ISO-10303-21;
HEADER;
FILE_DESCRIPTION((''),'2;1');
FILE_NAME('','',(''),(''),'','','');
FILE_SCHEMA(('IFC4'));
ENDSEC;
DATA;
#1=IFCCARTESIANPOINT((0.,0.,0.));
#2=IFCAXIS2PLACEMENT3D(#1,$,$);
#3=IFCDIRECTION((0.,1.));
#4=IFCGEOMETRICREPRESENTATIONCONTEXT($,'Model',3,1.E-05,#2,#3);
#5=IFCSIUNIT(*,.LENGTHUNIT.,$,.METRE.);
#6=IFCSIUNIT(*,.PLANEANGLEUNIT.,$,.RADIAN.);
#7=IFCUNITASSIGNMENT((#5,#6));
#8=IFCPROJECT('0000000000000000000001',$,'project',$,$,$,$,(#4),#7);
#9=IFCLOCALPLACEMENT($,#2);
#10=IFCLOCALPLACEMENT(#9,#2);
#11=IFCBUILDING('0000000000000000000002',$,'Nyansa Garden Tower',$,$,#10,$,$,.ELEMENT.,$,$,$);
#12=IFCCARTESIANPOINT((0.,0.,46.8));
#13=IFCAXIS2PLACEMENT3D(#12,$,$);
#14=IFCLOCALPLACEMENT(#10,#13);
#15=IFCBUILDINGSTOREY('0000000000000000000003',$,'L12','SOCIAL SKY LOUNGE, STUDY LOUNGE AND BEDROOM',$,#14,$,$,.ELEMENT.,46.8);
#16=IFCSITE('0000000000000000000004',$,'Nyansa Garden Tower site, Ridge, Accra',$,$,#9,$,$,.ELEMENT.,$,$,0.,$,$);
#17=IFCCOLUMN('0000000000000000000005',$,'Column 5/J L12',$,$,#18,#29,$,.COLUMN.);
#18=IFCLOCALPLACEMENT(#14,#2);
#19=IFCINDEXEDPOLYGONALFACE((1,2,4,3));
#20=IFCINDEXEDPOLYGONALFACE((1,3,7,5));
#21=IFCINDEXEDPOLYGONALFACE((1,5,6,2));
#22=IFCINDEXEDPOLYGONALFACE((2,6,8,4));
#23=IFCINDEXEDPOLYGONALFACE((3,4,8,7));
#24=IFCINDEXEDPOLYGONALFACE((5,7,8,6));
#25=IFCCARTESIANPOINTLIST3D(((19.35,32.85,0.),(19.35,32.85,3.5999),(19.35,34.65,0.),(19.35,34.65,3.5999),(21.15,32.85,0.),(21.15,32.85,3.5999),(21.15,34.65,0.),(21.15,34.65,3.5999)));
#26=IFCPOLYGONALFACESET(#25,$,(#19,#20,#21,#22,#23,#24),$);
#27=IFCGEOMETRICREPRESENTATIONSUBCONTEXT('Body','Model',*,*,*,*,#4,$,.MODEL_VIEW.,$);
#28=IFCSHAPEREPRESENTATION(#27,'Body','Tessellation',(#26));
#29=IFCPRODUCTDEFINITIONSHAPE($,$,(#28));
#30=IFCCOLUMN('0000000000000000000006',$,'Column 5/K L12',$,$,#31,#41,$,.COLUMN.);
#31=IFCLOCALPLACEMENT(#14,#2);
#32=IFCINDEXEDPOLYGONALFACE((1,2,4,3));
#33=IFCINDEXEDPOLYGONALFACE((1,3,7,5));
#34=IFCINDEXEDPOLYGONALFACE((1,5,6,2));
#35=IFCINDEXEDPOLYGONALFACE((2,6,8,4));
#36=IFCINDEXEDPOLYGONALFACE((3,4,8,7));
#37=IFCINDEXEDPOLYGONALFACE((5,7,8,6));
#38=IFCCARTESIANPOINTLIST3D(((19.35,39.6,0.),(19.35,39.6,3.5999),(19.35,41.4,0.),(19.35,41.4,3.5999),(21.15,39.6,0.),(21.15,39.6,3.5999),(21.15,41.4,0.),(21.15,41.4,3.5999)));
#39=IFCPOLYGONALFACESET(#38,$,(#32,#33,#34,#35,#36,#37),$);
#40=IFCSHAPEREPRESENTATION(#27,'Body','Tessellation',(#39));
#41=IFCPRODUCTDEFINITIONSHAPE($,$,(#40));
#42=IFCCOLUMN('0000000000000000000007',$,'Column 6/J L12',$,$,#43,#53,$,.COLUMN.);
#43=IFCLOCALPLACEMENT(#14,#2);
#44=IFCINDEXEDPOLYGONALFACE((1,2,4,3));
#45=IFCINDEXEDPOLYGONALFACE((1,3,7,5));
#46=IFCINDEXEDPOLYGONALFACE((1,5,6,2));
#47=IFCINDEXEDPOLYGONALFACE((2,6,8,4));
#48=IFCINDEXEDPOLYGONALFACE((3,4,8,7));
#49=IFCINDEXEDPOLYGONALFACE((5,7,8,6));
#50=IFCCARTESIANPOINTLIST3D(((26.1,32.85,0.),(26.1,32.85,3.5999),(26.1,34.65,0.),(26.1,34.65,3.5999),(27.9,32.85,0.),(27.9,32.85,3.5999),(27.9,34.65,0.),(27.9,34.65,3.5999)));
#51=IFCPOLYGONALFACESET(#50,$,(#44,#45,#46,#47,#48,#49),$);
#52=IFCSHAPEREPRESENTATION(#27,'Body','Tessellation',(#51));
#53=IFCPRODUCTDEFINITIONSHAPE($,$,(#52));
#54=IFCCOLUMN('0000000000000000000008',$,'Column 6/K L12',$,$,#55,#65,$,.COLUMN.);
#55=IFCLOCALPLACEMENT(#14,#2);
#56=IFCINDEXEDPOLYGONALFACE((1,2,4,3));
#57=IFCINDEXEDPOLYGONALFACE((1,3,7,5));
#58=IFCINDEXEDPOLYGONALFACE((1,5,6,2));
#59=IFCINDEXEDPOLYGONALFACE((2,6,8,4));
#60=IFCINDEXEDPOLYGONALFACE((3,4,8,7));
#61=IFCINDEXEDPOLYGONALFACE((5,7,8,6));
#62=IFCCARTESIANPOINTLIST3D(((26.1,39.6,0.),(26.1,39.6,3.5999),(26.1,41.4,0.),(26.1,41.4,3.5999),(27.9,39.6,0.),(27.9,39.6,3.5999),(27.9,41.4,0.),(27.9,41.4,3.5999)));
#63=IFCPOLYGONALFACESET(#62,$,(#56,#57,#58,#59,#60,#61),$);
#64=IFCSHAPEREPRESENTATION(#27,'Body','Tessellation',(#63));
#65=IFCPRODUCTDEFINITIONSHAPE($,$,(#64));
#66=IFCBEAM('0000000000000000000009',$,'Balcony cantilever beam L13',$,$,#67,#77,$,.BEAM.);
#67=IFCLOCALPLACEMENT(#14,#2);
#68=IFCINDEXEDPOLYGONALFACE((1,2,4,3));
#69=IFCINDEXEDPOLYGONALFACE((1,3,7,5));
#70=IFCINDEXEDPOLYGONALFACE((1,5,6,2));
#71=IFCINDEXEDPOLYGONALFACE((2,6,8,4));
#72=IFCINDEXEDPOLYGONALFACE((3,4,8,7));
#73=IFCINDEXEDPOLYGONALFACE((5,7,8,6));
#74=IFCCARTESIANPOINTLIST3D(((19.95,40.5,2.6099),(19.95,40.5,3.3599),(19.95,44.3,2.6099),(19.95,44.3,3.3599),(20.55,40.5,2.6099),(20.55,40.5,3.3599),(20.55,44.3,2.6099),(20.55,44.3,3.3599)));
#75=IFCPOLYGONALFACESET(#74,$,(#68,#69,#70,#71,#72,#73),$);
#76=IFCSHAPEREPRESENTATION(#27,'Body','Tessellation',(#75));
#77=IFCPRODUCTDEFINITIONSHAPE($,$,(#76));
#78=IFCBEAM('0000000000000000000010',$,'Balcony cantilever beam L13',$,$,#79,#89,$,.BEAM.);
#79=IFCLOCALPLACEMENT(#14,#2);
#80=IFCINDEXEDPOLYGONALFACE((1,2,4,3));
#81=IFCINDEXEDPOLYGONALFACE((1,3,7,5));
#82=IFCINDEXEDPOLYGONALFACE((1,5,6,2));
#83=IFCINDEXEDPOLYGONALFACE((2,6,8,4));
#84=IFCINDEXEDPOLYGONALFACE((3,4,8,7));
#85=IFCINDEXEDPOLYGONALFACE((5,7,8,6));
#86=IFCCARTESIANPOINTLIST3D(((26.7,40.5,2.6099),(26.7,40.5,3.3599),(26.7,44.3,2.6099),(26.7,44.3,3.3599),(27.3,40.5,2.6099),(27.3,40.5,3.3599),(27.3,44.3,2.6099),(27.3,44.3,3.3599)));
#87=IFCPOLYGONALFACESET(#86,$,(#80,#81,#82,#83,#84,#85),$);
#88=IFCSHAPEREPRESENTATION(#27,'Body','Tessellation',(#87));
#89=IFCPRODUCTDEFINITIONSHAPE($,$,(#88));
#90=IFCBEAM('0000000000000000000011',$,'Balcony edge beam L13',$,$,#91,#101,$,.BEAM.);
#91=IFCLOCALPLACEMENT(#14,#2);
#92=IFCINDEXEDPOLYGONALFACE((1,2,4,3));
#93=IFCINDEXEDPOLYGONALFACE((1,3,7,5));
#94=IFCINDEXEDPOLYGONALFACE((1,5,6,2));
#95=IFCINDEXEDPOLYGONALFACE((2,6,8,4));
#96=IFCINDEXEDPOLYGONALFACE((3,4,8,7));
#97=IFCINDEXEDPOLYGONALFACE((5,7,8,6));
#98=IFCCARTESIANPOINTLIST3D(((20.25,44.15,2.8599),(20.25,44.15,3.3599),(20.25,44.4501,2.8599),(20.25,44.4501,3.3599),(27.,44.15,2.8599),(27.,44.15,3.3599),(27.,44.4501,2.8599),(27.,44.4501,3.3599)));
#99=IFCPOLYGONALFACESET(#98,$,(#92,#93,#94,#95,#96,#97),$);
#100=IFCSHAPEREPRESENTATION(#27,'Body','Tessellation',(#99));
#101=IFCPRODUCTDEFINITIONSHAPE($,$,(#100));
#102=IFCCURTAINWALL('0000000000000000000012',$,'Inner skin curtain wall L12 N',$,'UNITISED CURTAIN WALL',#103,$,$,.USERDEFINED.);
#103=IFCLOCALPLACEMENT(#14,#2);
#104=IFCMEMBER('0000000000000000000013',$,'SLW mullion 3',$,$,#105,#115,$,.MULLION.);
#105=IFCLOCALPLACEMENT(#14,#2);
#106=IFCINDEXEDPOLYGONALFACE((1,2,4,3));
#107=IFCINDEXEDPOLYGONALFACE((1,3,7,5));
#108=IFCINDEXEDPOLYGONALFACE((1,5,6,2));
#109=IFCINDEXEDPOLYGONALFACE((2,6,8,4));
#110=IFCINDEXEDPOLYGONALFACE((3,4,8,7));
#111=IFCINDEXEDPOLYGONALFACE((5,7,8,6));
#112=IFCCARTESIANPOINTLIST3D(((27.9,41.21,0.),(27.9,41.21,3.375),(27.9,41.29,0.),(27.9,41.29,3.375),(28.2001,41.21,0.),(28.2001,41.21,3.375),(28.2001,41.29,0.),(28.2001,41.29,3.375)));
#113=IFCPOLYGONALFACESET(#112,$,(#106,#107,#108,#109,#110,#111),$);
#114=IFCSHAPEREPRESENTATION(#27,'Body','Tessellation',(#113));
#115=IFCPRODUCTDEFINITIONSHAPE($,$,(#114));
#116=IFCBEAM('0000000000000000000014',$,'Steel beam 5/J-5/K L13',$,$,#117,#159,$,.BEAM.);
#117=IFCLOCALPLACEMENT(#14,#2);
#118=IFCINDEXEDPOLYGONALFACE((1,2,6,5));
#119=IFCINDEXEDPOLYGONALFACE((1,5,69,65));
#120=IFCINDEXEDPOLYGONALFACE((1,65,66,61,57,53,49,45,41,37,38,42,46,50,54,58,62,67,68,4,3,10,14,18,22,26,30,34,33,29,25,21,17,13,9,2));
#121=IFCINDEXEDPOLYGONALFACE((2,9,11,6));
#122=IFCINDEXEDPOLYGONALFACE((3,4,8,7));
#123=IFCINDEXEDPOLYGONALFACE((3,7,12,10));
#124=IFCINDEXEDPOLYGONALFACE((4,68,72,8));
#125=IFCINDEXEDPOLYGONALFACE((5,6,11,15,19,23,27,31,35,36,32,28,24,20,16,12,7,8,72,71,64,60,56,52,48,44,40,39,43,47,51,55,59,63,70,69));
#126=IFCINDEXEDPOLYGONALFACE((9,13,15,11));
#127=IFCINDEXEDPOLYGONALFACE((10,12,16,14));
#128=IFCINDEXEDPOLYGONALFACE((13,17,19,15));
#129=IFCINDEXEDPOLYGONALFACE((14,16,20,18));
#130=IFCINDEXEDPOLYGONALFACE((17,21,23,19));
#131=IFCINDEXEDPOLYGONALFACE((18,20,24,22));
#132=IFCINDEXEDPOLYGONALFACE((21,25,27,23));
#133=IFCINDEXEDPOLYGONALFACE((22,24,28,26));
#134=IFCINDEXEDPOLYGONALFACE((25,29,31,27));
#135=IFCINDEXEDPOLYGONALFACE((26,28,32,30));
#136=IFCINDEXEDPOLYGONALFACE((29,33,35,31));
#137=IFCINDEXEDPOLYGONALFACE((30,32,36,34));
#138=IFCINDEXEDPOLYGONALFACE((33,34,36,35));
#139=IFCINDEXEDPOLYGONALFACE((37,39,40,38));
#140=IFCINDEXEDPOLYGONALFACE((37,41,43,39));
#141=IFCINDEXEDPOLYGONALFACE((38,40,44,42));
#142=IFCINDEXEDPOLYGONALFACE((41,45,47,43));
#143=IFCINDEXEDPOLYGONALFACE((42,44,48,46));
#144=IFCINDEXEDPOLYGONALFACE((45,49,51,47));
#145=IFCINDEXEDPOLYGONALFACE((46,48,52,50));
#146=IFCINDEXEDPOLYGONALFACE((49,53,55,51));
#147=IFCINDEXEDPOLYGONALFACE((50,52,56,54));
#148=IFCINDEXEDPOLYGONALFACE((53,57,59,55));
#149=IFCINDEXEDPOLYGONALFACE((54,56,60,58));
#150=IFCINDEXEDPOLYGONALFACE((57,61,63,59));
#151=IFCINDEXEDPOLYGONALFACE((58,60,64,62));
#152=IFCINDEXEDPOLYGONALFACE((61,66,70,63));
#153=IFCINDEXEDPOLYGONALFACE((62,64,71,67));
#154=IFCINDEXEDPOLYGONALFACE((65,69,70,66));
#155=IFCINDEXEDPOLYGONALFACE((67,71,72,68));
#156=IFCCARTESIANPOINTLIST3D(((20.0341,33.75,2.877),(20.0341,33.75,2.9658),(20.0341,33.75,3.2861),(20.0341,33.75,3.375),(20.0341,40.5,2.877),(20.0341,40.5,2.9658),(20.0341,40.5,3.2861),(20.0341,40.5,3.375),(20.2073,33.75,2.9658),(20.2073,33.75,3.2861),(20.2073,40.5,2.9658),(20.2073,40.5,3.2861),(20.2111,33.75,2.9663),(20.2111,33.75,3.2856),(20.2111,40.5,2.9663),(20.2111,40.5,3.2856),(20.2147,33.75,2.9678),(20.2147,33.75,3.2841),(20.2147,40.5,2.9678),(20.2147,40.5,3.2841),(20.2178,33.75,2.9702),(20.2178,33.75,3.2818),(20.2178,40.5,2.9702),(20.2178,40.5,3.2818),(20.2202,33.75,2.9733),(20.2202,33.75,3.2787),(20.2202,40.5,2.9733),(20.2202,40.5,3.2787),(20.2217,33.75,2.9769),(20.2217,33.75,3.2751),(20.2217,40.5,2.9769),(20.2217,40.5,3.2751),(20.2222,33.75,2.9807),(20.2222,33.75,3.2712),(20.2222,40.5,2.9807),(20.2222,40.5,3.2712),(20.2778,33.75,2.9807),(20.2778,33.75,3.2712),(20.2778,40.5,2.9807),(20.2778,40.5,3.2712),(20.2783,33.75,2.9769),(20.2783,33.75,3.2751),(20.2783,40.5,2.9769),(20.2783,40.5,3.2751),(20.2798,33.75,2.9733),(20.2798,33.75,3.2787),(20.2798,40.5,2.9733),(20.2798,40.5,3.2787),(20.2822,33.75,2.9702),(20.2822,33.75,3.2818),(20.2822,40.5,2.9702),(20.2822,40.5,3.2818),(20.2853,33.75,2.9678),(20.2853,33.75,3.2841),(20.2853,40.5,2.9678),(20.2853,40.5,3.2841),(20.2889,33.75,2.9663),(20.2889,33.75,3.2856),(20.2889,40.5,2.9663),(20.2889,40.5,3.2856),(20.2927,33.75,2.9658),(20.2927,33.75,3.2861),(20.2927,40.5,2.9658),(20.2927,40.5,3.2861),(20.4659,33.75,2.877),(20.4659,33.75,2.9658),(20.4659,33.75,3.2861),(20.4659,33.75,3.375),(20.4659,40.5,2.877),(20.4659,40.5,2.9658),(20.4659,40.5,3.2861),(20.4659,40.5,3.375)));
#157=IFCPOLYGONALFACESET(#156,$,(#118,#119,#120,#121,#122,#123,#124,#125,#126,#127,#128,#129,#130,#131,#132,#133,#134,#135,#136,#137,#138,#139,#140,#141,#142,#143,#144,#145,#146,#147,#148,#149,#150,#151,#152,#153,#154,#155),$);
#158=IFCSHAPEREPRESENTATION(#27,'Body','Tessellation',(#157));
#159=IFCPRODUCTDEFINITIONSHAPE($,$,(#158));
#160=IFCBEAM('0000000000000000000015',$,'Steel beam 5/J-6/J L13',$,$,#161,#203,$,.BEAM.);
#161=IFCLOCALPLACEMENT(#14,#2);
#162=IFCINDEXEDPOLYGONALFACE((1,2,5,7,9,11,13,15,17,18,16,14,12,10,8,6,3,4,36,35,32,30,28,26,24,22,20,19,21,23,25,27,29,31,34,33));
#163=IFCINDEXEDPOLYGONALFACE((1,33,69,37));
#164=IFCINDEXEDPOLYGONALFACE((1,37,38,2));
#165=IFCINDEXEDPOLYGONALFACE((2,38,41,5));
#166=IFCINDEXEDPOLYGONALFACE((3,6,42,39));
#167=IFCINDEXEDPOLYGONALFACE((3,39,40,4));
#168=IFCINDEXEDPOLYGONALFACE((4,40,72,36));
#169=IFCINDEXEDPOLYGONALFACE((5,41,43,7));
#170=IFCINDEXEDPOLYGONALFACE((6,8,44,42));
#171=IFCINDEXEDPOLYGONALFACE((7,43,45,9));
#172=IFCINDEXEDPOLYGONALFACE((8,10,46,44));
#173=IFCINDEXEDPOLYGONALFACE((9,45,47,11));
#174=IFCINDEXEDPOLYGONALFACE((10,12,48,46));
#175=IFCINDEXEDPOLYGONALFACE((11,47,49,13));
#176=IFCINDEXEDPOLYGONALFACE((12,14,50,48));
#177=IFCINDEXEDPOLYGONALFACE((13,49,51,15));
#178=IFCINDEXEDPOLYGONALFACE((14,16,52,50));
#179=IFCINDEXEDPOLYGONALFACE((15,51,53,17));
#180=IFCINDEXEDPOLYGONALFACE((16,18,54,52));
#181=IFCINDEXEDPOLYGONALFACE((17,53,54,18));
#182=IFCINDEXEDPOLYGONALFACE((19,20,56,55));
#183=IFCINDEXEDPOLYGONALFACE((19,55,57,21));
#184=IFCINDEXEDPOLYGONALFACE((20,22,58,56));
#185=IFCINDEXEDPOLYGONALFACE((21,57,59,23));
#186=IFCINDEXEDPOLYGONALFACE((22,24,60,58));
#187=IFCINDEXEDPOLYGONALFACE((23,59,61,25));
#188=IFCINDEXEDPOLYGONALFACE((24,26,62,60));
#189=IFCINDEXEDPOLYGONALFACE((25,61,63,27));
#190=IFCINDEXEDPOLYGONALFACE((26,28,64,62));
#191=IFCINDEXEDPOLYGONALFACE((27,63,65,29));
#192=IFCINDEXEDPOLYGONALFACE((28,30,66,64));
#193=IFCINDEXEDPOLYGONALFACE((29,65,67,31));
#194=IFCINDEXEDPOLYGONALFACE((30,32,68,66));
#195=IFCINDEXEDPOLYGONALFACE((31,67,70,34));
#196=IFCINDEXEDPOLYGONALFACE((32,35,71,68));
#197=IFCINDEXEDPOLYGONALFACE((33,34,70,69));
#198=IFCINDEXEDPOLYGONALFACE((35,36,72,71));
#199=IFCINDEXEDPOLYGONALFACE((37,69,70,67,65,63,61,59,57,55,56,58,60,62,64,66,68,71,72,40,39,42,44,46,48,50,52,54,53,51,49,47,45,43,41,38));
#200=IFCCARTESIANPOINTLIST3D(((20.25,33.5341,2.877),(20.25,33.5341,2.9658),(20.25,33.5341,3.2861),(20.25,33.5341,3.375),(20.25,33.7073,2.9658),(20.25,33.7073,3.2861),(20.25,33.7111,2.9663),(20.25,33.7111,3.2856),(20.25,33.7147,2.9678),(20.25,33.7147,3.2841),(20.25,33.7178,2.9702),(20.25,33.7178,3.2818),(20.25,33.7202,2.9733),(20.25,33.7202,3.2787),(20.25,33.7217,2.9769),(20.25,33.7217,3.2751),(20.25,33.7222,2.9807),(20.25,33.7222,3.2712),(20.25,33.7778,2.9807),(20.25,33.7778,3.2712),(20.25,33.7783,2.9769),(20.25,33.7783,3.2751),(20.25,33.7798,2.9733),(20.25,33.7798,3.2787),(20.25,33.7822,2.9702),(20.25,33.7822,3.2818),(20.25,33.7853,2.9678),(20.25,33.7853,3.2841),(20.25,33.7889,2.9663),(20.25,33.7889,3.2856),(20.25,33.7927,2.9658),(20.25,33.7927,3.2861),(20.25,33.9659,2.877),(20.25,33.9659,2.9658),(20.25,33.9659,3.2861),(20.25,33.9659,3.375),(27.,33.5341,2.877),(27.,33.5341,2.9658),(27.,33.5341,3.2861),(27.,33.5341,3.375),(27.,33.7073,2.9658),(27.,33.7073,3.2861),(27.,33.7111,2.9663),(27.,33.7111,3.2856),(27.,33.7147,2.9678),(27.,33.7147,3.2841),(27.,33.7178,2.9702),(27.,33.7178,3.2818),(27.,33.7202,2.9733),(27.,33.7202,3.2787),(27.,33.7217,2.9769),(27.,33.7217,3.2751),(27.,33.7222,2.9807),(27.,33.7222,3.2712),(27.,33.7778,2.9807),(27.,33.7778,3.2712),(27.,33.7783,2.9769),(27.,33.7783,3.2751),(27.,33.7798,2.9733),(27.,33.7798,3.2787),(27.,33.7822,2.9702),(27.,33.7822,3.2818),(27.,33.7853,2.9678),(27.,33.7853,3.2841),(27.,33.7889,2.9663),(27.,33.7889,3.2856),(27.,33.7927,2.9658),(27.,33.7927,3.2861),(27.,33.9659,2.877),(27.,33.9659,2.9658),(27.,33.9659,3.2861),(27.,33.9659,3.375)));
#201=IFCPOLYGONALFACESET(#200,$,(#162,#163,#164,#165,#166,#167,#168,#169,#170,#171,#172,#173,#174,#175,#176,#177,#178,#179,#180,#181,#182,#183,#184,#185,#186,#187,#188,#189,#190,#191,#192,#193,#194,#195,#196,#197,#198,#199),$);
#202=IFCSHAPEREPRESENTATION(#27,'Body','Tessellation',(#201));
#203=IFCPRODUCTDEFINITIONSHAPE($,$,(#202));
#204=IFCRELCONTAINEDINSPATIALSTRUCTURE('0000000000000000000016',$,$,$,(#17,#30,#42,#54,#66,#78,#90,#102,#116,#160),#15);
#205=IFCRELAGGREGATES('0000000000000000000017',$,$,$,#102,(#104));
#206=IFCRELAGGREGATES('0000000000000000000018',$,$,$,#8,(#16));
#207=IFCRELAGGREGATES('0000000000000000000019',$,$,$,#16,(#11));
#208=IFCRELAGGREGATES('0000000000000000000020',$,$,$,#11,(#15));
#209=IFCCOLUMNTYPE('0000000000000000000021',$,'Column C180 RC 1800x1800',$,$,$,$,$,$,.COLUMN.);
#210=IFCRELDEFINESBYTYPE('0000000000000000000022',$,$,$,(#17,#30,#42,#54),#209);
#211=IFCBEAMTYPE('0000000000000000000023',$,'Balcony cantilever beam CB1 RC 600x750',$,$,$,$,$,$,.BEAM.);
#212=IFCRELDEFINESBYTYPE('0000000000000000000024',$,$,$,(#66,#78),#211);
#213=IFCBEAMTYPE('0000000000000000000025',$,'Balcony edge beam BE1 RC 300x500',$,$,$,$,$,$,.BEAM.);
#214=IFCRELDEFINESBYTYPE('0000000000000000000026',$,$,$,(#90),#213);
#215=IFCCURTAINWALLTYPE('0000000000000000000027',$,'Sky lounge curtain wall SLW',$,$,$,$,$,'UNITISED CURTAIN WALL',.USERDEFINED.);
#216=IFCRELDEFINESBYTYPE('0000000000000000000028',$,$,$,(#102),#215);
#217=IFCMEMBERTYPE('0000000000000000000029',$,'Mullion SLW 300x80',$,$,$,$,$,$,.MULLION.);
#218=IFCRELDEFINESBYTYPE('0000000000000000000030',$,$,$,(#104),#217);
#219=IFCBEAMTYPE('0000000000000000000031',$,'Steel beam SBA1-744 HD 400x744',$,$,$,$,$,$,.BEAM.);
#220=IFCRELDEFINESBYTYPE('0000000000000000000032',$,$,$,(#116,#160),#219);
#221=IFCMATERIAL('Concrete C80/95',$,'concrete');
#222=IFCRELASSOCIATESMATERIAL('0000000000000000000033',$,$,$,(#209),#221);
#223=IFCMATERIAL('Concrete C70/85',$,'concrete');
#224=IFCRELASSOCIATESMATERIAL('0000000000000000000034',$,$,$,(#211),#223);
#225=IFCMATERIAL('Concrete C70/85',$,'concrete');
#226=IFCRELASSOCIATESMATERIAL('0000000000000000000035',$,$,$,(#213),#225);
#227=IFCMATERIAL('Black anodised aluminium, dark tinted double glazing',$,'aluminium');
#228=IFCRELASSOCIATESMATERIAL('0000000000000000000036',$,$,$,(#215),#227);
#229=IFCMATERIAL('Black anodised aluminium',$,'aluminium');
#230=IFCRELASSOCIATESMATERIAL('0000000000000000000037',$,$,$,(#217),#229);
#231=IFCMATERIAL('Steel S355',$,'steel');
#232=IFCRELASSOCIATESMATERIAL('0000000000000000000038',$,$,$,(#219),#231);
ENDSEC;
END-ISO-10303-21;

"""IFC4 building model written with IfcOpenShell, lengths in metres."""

from ifc_helpers import new_model, si_unit, direction, frame, origin, origin_2d, place, context, subcontext, project, spatial, rectangle, i_section, extrude, material, material_profile, profile_set, type_object, element, aggregate, save


model = new_model("IFC4")

# Units and contexts
model_context = context("Model", 3, precision=1e-05, world=origin(), true_north=direction((0.0, 1.0)))
body_context = subcontext(model_context, "Body", "Model", "MODEL_VIEW")
ifc_project = project(units=[si_unit("LENGTHUNIT", "METRE"), si_unit("PLANEANGLEUNIT", "RADIAN")], contexts=[model_context])

# Site, building, storey
site_placement = place(None, origin())
site = spatial("IfcSite", under=ifc_project, at=site_placement, Name="Nyansa Garden Tower site, Ridge, Accra", CompositionType="ELEMENT", RefElevation=0.0)
building_placement = place(site_placement, origin())
building = spatial("IfcBuilding", under=site, at=building_placement, Name="Nyansa Garden Tower", CompositionType="ELEMENT")
storey_placement = place(building_placement, frame((0.0, 0.0, 46.8)))
storey = spatial("IfcBuildingStorey", under=building, at=storey_placement, Name="L12", Description="SOCIAL SKY LOUNGE, STUDY LOUNGE AND BEDROOM", CompositionType="ELEMENT", Elevation=46.8)

# Columns
ifc_material_1 = material(Name="Concrete C80/95", Category="concrete")
ifc_material_profile_1 = material_profile(ifc_material_1, rectangle(XDim=1.8, YDim=1.8, at=origin_2d()), Name="RC 1800x1800")
ifc_profile_set_1 = profile_set([ifc_material_profile_1], Name="Concrete C80/95")
column_type = type_object("IfcColumnType", Name="Column C180 RC 1800x1800", PredefinedType="COLUMN", material=ifc_profile_set_1)
for number, where, z_axis, x_axis, name in (
    (1, (20.25, 33.75, 0.0), (0.0, 0.0, 1.0), (1.0, 0.0, 0.0), "Column 5/J L12"),
    (2, (20.25, 40.5, 0.0), (0.0, 0.0, 1.0), (1.0, 0.0, 0.0), "Column 5/K L12"),
    (3, (27.0, 33.75, 0.0), (0.0, 0.0, 1.0), (1.0, 0.0, 0.0), "Column 6/J L12"),
    (4, (27.0, 40.5, 0.0), (0.0, 0.0, 1.0), (1.0, 0.0, 0.0), "Column 6/K L12"),
):
    element("IfcColumn", number, at=place(storey_placement, frame(where, z_axis=z_axis, x_axis=x_axis)), inside=storey, type_object=column_type, Name=name, PredefinedType="COLUMN", context=body_context, shape_type="SweptSolid", body=[
        extrude(rectangle(XDim=1.8, YDim=1.8, at=origin_2d()), origin(), (0.0, 0.0, 1.0), 3.5999),
    ])

# Beams
ifc_material_2 = material(Name="Concrete C70/85", Category="concrete")
ifc_material_profile_2 = material_profile(ifc_material_2, rectangle(XDim=0.6001, YDim=0.75, at=origin_2d()), Name="RC 600x750")
ifc_profile_set_2 = profile_set([ifc_material_profile_2], Name="Concrete C70/85")
beam_type_1 = type_object("IfcBeamType", Name="Balcony cantilever beam CB1 RC 600x750", PredefinedType="BEAM", material=ifc_profile_set_2)
for number, where, z_axis, x_axis, name in (
    (5, (20.25, 40.5, 2.9849), (0.0, 1.0, 0.0), (-1.0, 0.0, 0.0), "Balcony cantilever beam L13"),
    (6, (27.0, 40.5, 2.9849), (0.0, 1.0, 0.0), (-1.0, 0.0, 0.0), "Balcony cantilever beam L13"),
):
    element("IfcBeam", number, at=place(storey_placement, frame(where, z_axis=z_axis, x_axis=x_axis)), inside=storey, type_object=beam_type_1, Name=name, PredefinedType="BEAM", context=body_context, shape_type="SweptSolid", body=[
        extrude(rectangle(XDim=0.6001, YDim=0.75, at=origin_2d()), origin(), (0.0, 0.0, 1.0), 3.8),
    ])
ifc_material_3 = material(Name="Concrete C70/85", Category="concrete")
ifc_material_profile_3 = material_profile(ifc_material_3, rectangle(XDim=0.3, YDim=0.5, at=origin_2d()), Name="RC 300x500")
ifc_profile_set_3 = profile_set([ifc_material_profile_3], Name="Concrete C70/85")
beam_type_2 = type_object("IfcBeamType", Name="Balcony edge beam BE1 RC 300x500", PredefinedType="BEAM", material=ifc_profile_set_3)
beam_1_placement = place(storey_placement, frame((20.25, 44.3, 3.1099), z_axis=(1.0, 0.0, 0.0), x_axis=(0.0, 1.0, 0.0)))
element("IfcBeam", 7, at=beam_1_placement, inside=storey, type_object=beam_type_2, Name="Balcony edge beam L13", PredefinedType="BEAM", context=body_context, shape_type="SweptSolid", body=[
    extrude(rectangle(XDim=0.3, YDim=0.5, at=origin_2d()), origin(), (0.0, 0.0, 1.0), 6.75),
])

# Curtain wall, member
ifc_material_4 = material(Name="Black anodised aluminium, dark tinted double glazing", Category="aluminium")
curtain_wall_type = type_object("IfcCurtainWallType", Name="Sky lounge curtain wall SLW", ElementType="UNITISED CURTAIN WALL", PredefinedType="USERDEFINED", material=ifc_material_4)
curtain_wall_placement = place(storey_placement, origin())
curtain_wall = element("IfcCurtainWall", 8, at=curtain_wall_placement, inside=storey, type_object=curtain_wall_type, Name="Inner skin curtain wall L12 N", ObjectType="UNITISED CURTAIN WALL", PredefinedType="USERDEFINED")
ifc_material_5 = material(Name="Black anodised aluminium", Category="aluminium")
ifc_material_profile_4 = material_profile(ifc_material_5, rectangle(XDim=0.0801, YDim=0.3, at=origin_2d()), Name="Mullion 300x80")
ifc_profile_set_4 = profile_set([ifc_material_profile_4], Name="Black anodised aluminium")
member_type_1 = type_object("IfcMemberType", Name="Mullion SLW 300x80", PredefinedType="MULLION", material=ifc_profile_set_4)
member_1_placement = place(storey_placement, frame((28.05, 41.25, 0.0), z_axis=(0.0, 0.0, 1.0), x_axis=(0.0, -1.0, 0.0)))
member_1 = element("IfcMember", 9, at=member_1_placement, type_object=member_type_1, Name="SLW mullion 3", PredefinedType="MULLION", context=body_context, shape_type="SweptSolid", body=[
    extrude(rectangle(XDim=0.0801, YDim=0.3, at=origin_2d()), origin(), (0.0, 0.0, 1.0), 3.375),
])

# Beams
ifc_material_6 = material(Name="Steel S355", Category="steel")
ifc_material_profile_5 = material_profile(ifc_material_6, i_section(OverallWidth=0.4319, OverallDepth=0.498, WebThickness=0.0557, FlangeThickness=0.0889, FilletRadius=0.0149, at=origin_2d()), Name="HD 400x744")
ifc_profile_set_5 = profile_set([ifc_material_profile_5], Name="Steel S355")
beam_type_3 = type_object("IfcBeamType", Name="Steel beam SBA1-744 HD 400x744", PredefinedType="BEAM", material=ifc_profile_set_5)
for number, where, z_axis, x_axis, name in (
    (10, (20.25, 33.75, 3.126), (0.0, 1.0, 0.0), (-1.0, 0.0, 0.0), "Steel beam 5/J-5/K L13"),
    (11, (20.25, 33.75, 3.126), (1.0, 0.0, 0.0), (0.0, 1.0, 0.0), "Steel beam 5/J-6/J L13"),
):
    element("IfcBeam", number, at=place(storey_placement, frame(where, z_axis=z_axis, x_axis=x_axis)), inside=storey, type_object=beam_type_3, Name=name, PredefinedType="BEAM", context=body_context, shape_type="SweptSolid", body=[
        extrude(i_section(OverallWidth=0.4319, OverallDepth=0.498, WebThickness=0.0557, FlangeThickness=0.0889, FilletRadius=0.0149, at=origin_2d()), origin(), (0.0, 0.0, 1.0), 6.75),
    ])

aggregate(curtain_wall, [member_1])

save(model, "model.ifc")
